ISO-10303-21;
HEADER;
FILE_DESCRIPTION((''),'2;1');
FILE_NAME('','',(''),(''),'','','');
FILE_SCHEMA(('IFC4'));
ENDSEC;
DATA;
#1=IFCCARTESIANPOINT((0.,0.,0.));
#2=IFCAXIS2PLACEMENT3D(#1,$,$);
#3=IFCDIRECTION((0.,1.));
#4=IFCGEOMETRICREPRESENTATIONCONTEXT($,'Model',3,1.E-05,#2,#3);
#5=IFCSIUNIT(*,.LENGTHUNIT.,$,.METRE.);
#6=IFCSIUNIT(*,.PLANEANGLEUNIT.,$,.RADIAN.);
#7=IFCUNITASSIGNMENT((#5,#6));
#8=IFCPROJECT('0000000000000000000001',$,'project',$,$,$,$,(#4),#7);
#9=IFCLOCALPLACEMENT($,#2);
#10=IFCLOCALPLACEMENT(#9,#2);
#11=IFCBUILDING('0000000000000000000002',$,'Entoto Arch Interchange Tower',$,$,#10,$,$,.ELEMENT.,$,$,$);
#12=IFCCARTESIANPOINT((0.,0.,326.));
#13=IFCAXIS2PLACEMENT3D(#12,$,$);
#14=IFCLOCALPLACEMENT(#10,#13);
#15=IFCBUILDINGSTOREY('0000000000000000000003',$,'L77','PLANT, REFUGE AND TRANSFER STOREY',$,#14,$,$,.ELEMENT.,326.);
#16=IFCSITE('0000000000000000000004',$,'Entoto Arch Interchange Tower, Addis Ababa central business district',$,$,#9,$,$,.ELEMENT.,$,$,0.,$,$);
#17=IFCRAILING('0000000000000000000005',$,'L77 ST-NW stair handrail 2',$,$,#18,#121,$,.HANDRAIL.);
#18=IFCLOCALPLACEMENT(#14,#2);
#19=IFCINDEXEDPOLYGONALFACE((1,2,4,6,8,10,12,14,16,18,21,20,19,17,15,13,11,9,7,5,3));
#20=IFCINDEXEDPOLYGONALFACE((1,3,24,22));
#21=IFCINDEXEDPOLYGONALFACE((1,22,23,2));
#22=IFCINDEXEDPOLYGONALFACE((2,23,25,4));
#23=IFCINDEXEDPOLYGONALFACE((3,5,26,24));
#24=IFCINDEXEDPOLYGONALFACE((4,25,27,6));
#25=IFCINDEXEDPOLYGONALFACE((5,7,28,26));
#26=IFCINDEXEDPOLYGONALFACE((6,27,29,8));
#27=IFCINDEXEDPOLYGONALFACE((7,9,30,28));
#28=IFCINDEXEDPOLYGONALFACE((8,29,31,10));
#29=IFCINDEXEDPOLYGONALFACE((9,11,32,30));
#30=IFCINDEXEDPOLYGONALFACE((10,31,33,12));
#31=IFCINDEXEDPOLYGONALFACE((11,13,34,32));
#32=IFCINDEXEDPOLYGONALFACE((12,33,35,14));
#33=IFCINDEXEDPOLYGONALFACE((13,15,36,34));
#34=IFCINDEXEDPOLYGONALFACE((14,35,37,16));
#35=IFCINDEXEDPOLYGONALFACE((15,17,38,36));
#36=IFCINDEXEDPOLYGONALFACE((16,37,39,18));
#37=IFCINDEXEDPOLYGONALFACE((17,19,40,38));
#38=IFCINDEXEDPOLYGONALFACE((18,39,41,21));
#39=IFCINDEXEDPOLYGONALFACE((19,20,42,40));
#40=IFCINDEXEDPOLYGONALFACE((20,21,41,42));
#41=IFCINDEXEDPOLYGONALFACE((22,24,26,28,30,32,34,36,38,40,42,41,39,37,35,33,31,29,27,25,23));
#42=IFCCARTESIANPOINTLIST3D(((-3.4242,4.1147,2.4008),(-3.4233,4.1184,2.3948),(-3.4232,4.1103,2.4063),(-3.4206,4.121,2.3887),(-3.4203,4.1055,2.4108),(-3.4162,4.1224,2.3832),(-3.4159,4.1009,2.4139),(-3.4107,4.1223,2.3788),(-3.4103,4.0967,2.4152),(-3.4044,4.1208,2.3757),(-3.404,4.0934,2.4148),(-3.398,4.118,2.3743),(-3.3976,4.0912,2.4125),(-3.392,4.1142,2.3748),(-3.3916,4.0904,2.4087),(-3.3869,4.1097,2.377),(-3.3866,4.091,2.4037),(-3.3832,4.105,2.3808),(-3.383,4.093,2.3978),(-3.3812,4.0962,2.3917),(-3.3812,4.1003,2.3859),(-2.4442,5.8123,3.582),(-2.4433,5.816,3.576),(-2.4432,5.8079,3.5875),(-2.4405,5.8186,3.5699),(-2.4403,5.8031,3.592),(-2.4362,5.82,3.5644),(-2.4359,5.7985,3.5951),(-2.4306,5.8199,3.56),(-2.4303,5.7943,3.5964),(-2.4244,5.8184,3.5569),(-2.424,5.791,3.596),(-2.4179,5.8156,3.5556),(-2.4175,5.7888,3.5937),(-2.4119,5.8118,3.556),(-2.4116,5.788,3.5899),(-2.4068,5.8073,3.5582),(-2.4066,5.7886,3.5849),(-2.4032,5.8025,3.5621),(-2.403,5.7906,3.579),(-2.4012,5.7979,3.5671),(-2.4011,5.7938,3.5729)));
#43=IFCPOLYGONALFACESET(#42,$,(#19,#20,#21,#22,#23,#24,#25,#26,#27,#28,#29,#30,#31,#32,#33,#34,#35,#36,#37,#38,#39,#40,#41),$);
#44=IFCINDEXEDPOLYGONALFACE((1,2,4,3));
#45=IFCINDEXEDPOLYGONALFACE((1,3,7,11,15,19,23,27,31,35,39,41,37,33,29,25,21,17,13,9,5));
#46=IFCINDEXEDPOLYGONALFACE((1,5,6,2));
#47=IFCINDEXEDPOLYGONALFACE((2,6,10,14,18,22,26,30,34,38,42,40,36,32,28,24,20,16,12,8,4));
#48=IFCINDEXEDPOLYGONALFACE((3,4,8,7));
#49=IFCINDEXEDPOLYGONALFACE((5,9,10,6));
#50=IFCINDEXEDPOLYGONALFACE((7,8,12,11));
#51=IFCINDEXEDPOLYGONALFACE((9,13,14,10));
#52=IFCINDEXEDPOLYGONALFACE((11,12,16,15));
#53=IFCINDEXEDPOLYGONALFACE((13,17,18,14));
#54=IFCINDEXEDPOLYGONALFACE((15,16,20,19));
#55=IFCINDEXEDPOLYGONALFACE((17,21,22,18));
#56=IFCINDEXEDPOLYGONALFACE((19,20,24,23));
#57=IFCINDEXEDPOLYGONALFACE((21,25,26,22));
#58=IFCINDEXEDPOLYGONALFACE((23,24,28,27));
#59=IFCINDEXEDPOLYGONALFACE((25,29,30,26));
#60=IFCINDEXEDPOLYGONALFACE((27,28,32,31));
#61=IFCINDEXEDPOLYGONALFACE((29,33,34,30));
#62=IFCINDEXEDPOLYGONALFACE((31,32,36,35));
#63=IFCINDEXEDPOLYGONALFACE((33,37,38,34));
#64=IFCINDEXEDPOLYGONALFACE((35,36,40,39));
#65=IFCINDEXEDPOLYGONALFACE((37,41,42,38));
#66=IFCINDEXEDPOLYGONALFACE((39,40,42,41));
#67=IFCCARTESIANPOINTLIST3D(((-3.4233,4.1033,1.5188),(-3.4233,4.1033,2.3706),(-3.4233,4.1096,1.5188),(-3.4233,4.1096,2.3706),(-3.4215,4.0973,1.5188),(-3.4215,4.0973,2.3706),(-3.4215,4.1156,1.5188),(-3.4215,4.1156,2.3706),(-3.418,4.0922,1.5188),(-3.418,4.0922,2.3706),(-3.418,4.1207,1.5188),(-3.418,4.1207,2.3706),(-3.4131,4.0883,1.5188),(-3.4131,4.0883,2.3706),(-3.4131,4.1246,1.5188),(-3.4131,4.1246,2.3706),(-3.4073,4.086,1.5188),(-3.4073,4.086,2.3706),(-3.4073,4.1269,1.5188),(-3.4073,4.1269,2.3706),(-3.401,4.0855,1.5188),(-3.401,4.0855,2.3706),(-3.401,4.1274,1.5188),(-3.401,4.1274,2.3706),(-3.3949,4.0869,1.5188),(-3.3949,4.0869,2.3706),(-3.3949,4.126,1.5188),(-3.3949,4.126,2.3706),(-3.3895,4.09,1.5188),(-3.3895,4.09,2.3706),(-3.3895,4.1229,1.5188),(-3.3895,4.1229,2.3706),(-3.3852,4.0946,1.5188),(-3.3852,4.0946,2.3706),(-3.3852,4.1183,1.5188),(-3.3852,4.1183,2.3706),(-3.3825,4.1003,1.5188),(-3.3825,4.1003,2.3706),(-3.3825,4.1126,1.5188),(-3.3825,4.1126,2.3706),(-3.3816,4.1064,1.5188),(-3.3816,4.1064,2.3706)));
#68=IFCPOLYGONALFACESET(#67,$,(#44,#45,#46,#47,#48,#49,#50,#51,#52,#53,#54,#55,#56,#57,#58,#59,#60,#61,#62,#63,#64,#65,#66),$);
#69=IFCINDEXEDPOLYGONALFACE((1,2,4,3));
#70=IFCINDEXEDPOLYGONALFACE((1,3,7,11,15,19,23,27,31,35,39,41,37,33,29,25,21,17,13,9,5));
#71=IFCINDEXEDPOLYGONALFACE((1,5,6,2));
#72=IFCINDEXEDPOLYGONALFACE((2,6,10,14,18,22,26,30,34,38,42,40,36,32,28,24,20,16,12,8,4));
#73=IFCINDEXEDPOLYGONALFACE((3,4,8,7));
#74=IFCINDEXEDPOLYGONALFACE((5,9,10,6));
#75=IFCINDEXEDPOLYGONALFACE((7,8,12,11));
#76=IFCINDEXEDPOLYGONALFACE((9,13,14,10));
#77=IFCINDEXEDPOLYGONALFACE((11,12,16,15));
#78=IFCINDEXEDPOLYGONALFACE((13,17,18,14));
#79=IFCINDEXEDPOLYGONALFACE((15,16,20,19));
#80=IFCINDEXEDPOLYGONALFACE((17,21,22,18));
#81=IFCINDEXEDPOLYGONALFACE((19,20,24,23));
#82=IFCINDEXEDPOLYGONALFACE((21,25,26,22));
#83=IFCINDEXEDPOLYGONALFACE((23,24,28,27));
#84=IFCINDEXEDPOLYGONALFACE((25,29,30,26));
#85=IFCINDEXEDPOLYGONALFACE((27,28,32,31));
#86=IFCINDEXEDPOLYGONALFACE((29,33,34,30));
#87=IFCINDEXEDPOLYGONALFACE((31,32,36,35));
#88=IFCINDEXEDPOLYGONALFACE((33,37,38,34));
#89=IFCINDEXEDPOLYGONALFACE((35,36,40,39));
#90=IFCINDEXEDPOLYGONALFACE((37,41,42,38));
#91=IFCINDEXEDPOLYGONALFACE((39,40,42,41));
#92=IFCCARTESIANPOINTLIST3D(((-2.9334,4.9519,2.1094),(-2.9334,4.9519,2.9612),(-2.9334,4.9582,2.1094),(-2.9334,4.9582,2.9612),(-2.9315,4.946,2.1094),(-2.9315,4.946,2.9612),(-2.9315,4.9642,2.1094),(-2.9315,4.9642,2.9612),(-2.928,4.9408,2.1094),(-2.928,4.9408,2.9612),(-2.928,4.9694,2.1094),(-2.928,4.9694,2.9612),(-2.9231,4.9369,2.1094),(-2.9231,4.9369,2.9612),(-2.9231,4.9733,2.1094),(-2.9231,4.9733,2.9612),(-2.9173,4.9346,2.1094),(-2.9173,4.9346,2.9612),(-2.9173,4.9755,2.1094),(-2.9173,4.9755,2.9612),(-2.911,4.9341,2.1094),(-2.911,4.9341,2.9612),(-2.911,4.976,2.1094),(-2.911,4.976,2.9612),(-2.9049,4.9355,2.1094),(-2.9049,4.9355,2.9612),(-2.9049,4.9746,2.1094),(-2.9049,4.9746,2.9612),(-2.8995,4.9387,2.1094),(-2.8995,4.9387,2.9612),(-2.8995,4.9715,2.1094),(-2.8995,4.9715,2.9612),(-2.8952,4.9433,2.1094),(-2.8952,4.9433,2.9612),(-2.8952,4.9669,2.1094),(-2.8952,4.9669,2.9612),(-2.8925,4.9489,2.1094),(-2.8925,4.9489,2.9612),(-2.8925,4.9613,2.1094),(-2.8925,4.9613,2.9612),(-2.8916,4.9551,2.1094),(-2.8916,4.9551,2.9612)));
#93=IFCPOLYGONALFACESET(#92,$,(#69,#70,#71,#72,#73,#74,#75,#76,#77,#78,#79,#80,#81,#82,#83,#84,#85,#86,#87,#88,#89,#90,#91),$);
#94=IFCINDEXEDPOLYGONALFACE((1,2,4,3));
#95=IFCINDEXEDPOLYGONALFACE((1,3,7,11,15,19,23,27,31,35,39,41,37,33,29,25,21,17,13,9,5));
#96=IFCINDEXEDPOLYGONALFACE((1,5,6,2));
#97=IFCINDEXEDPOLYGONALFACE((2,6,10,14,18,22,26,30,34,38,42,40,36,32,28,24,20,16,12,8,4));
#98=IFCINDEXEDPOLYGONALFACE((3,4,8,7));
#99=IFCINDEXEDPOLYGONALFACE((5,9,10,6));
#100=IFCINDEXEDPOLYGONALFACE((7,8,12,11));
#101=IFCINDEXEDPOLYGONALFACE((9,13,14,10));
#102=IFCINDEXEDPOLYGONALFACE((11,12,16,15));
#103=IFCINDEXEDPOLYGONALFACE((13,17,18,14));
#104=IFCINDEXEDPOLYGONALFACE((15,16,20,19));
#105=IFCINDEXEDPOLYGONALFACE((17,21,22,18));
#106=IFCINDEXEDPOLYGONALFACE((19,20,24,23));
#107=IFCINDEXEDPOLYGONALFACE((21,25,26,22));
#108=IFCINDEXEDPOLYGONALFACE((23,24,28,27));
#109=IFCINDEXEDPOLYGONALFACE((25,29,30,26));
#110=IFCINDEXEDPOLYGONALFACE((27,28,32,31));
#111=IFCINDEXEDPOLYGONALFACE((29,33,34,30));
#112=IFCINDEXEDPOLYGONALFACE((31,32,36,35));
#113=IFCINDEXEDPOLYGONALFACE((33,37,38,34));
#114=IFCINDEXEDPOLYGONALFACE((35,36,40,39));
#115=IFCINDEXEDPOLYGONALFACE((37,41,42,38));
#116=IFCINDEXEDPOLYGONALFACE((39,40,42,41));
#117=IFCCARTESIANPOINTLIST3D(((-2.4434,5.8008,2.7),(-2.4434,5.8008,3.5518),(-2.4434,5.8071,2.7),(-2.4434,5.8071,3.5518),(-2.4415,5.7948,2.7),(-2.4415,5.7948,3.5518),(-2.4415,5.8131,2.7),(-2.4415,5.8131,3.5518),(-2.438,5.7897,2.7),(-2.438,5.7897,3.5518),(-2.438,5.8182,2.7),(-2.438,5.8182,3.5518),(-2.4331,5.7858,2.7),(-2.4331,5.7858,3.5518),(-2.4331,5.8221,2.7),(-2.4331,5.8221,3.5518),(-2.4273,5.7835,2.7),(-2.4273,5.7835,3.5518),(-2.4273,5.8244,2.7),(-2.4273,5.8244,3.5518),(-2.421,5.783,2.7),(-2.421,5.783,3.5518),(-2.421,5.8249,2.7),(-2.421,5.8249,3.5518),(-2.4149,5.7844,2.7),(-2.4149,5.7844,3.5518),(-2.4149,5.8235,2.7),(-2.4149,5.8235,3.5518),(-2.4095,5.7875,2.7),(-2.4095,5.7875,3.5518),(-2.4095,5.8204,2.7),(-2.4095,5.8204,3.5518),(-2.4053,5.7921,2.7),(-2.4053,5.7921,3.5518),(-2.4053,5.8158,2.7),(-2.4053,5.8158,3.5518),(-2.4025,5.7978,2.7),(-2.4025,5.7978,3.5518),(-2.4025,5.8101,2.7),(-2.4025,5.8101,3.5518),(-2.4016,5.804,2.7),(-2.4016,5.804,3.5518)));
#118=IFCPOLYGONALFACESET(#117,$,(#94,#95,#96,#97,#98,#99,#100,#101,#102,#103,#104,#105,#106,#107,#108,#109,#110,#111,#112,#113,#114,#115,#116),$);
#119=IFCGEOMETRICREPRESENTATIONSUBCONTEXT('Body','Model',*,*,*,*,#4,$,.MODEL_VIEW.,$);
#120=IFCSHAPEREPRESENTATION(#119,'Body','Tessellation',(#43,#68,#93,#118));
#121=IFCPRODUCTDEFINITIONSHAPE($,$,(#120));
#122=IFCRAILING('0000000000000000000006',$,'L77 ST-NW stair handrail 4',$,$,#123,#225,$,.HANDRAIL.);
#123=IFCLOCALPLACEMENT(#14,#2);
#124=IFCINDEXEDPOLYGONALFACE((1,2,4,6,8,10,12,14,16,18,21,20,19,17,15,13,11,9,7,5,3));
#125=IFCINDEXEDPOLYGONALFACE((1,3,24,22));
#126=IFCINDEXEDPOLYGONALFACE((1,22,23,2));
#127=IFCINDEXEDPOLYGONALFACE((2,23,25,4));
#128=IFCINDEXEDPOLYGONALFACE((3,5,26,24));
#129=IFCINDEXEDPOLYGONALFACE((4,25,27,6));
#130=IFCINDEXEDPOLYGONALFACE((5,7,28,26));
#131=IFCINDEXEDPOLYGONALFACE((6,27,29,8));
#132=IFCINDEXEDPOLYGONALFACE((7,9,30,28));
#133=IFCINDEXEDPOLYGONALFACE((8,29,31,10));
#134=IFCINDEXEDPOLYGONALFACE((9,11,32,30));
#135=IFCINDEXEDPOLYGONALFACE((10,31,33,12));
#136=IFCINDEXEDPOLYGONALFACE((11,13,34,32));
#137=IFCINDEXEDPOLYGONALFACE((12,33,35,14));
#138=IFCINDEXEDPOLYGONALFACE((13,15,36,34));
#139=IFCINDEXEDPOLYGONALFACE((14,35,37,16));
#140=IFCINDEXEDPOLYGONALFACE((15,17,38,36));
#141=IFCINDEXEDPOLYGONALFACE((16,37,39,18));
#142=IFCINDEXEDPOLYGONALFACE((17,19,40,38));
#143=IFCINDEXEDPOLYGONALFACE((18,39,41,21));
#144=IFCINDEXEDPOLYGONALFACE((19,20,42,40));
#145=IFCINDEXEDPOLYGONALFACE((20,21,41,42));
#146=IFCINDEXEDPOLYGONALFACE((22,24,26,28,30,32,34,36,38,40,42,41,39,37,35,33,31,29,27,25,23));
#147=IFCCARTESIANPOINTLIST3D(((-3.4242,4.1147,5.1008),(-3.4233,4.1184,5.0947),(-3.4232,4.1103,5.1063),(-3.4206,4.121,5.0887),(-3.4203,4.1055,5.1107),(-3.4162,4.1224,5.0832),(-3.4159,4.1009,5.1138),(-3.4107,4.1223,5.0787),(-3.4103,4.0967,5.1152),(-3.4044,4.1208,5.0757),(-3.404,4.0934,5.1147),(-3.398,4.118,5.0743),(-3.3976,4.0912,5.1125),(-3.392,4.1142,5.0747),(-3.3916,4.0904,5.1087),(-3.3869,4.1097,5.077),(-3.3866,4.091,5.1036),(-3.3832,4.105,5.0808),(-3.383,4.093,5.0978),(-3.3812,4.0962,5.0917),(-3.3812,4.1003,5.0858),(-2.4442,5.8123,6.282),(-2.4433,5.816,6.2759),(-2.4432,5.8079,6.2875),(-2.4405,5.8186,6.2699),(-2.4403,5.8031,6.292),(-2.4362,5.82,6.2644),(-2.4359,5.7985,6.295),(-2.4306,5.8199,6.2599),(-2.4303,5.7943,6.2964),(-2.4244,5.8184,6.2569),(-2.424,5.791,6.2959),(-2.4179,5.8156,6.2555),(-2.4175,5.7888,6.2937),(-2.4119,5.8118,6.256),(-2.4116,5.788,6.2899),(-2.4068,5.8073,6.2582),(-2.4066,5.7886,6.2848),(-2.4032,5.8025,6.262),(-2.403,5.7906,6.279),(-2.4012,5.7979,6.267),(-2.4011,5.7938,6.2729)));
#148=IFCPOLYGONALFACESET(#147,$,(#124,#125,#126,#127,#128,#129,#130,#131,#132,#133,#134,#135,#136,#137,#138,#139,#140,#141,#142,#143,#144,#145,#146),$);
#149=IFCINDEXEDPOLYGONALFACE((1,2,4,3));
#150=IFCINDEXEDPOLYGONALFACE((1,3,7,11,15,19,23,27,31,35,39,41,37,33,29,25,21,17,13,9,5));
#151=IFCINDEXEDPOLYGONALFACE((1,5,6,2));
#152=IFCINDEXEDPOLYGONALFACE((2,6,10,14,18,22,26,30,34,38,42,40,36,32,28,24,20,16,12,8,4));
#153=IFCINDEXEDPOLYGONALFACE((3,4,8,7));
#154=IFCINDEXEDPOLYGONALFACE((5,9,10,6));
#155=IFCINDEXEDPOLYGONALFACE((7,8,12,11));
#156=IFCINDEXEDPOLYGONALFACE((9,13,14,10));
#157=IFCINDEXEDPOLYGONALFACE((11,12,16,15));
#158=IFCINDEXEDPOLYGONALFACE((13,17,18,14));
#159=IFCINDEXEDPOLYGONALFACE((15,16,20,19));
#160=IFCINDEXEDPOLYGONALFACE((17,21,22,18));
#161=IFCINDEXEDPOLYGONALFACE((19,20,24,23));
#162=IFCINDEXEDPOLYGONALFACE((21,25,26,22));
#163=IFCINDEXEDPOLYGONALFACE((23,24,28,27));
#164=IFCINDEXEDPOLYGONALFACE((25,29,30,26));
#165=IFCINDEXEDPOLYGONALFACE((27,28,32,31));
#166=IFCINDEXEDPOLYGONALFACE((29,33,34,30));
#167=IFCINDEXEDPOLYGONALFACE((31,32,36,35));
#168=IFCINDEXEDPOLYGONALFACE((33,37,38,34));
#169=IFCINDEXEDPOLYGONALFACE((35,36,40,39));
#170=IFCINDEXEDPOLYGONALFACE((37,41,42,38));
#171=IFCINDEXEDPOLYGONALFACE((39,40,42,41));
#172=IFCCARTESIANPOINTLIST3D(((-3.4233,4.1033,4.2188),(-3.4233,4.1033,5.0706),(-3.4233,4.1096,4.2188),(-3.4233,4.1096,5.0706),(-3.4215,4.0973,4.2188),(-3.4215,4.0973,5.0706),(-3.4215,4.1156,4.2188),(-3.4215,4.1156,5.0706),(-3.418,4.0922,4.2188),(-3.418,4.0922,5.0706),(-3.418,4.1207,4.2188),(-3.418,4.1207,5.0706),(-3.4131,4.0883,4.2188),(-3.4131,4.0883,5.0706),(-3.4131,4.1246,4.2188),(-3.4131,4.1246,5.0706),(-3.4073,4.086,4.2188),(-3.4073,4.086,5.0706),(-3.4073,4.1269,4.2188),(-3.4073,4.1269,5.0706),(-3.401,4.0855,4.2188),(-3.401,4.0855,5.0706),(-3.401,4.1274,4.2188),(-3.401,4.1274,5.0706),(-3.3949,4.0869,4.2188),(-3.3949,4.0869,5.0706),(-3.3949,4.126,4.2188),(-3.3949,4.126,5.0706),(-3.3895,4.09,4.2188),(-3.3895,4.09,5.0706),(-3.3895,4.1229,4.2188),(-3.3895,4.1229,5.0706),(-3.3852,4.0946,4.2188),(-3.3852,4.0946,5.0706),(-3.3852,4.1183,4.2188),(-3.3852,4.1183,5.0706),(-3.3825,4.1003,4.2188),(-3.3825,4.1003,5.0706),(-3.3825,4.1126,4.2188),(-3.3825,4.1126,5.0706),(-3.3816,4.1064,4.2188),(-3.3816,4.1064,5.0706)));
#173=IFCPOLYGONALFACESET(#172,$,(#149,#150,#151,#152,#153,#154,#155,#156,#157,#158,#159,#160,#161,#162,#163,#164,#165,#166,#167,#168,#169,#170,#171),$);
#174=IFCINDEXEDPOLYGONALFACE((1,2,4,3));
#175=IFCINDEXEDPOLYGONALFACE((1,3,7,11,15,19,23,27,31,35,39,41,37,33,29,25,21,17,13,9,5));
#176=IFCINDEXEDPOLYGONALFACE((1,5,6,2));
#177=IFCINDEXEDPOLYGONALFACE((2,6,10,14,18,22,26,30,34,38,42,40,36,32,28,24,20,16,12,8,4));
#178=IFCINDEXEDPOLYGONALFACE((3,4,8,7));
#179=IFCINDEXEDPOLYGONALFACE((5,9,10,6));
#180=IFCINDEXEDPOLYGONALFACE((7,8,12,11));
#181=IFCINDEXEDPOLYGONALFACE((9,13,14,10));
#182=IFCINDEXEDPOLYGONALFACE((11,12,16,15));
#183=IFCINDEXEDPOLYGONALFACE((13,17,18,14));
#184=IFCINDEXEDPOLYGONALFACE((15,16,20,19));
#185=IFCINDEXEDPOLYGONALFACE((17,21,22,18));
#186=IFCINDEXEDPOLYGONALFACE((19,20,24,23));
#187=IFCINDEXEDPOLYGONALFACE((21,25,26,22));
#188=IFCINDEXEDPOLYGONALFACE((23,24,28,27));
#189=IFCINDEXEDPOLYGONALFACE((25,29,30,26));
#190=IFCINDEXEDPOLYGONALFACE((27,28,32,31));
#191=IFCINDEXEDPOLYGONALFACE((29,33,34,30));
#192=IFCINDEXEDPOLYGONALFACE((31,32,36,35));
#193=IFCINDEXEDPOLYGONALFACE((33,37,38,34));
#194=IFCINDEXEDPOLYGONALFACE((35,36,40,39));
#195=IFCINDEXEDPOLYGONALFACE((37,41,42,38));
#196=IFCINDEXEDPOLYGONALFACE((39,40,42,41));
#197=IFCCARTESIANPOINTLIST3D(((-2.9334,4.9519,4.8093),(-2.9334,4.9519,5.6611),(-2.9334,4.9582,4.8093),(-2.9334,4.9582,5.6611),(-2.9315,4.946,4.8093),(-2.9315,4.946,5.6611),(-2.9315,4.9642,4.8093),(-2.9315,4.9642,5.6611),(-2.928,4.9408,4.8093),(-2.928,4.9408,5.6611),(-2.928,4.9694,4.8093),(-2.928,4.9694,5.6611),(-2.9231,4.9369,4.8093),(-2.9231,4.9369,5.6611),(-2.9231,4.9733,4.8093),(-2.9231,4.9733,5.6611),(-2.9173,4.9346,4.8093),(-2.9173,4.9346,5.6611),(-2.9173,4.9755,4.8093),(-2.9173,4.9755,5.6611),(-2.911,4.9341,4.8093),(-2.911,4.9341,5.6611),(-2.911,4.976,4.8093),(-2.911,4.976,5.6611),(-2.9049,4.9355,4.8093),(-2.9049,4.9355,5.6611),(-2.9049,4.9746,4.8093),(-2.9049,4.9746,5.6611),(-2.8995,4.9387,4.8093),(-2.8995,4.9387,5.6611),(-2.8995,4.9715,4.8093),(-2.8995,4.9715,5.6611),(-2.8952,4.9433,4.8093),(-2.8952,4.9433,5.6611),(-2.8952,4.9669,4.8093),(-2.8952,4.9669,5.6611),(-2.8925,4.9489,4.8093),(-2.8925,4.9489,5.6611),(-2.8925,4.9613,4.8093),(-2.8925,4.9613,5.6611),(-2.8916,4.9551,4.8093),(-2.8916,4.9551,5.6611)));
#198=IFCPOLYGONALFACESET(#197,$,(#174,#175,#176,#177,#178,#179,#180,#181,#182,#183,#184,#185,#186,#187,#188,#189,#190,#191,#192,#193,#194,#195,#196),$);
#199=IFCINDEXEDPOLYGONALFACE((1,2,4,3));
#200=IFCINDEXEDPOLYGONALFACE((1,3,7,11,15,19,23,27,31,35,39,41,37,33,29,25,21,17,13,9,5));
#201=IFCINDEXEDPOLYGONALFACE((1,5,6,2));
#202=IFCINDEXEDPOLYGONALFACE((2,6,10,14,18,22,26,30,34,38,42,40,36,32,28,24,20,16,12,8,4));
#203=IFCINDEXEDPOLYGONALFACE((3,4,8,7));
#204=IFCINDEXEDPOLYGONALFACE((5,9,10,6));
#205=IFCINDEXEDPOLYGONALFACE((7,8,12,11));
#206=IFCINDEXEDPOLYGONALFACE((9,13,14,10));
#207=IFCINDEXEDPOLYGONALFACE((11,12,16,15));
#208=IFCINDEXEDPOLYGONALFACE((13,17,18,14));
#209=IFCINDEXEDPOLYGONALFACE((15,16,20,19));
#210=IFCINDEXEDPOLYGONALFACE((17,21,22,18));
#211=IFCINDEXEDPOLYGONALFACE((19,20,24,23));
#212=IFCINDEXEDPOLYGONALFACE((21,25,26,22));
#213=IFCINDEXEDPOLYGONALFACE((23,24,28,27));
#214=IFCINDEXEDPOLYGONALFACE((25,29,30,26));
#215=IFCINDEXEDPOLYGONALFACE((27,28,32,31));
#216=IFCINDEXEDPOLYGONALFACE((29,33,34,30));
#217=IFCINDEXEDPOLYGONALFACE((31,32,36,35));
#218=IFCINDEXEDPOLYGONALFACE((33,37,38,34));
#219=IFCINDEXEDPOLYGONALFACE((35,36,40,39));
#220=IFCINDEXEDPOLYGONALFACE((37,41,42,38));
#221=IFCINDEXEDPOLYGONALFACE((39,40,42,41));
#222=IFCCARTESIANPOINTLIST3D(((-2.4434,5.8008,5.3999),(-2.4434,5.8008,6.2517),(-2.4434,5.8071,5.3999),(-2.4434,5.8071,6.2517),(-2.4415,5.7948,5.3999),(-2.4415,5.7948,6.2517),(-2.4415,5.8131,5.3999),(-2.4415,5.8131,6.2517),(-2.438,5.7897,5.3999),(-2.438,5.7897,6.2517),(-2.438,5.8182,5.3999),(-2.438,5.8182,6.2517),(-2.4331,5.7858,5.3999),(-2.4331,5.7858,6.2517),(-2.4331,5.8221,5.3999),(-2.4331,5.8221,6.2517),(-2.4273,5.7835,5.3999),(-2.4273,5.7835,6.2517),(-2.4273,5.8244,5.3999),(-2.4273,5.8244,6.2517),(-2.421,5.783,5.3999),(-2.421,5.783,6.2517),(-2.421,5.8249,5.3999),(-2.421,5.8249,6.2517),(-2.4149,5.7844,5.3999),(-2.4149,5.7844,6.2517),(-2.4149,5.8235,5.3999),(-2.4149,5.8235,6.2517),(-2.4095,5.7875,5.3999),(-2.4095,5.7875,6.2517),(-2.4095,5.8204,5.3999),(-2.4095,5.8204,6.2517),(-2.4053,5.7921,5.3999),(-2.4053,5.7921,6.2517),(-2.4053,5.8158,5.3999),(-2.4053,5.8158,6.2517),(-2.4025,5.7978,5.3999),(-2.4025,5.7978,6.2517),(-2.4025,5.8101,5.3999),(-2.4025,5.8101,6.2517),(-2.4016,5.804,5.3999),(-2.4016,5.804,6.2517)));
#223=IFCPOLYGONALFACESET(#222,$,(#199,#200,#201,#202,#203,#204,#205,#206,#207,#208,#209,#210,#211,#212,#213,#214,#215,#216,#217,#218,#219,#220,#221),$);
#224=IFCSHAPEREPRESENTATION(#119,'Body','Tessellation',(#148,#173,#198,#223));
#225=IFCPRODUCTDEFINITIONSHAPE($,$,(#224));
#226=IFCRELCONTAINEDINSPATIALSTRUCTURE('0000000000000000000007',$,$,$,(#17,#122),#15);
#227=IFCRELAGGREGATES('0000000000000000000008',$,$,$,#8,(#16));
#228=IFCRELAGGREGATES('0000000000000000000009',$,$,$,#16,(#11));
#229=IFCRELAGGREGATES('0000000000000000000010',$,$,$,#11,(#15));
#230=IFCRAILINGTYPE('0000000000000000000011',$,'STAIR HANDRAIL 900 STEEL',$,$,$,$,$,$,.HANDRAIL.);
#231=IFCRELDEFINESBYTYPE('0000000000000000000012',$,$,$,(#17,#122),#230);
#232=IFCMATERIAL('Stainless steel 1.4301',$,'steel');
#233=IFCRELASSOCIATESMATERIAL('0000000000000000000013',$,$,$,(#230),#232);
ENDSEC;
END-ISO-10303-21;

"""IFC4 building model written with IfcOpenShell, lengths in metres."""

from ifc_helpers import new_model, si_unit, direction, frame, origin, origin_2d, place, context, subcontext, project, spatial, circle, extrude, material, type_object, element, save


model = new_model("IFC4")

# Units and contexts
model_context = context("Model", 3, precision=1e-05, world=origin(), true_north=direction((0.0, 1.0)))
body_context = subcontext(model_context, "Body", "Model", "MODEL_VIEW")
ifc_project = project(units=[si_unit("LENGTHUNIT", "METRE"), si_unit("PLANEANGLEUNIT", "RADIAN")], contexts=[model_context])

# Site, building, storey
site_placement = place(None, origin())
site = spatial("IfcSite", under=ifc_project, at=site_placement, Name="Entoto Arch Interchange Tower, Addis Ababa central business district", CompositionType="ELEMENT", RefElevation=0.0)
building_placement = place(site_placement, origin())
building = spatial("IfcBuilding", under=site, at=building_placement, Name="Entoto Arch Interchange Tower", CompositionType="ELEMENT")
storey_placement = place(building_placement, frame((0.0, 0.0, 326.0)))
storey = spatial("IfcBuildingStorey", under=building, at=storey_placement, Name="L77", Description="PLANT, REFUGE AND TRANSFER STOREY", CompositionType="ELEMENT", Elevation=326.0)

# Railings
ifc_material_1 = material(Name="Stainless steel 1.4301", Category="steel")
railing_type_1 = type_object("IfcRailingType", Name="STAIR HANDRAIL 900 STEEL", PredefinedType="HANDRAIL", material=ifc_material_1)
for number, where, name in (
    (1, (-3.4026, 4.1064, 1.5188), "L77 ST-NW stair handrail 2"),
    (2, (-3.4026, 4.1064, 4.2188), "L77 ST-NW stair handrail 4"),
):
    element("IfcRailing", number, at=place(storey_placement, frame(where)), inside=storey, type_object=railing_type_1, Name=name, PredefinedType="HANDRAIL", context=body_context, shape_type="SweptSolid", body=[
        extrude(circle(Radius=0.0239, at=origin_2d()), frame((0.0, 0.0, 0.876), z_axis=(0.428228, 0.741771, 0.516135), x_axis=(-0.866042, 0.49997, 0.0)), (0.0, 0.0, 1.0), 2.2886),
        extrude(circle(Radius=0.021, at=origin_2d()), origin(), (0.0, 0.0, 1.0), 0.8518),
        extrude(circle(Radius=0.021, at=origin_2d()), frame((0.49, 0.8486, 0.5906)), (0.0, 0.0, 1.0), 0.8518),
        extrude(circle(Radius=0.021, at=origin_2d()), frame((0.98, 1.6975, 1.1812)), (0.0, 0.0, 1.0), 0.8518),
    ])

save(model, "model.ifc")
